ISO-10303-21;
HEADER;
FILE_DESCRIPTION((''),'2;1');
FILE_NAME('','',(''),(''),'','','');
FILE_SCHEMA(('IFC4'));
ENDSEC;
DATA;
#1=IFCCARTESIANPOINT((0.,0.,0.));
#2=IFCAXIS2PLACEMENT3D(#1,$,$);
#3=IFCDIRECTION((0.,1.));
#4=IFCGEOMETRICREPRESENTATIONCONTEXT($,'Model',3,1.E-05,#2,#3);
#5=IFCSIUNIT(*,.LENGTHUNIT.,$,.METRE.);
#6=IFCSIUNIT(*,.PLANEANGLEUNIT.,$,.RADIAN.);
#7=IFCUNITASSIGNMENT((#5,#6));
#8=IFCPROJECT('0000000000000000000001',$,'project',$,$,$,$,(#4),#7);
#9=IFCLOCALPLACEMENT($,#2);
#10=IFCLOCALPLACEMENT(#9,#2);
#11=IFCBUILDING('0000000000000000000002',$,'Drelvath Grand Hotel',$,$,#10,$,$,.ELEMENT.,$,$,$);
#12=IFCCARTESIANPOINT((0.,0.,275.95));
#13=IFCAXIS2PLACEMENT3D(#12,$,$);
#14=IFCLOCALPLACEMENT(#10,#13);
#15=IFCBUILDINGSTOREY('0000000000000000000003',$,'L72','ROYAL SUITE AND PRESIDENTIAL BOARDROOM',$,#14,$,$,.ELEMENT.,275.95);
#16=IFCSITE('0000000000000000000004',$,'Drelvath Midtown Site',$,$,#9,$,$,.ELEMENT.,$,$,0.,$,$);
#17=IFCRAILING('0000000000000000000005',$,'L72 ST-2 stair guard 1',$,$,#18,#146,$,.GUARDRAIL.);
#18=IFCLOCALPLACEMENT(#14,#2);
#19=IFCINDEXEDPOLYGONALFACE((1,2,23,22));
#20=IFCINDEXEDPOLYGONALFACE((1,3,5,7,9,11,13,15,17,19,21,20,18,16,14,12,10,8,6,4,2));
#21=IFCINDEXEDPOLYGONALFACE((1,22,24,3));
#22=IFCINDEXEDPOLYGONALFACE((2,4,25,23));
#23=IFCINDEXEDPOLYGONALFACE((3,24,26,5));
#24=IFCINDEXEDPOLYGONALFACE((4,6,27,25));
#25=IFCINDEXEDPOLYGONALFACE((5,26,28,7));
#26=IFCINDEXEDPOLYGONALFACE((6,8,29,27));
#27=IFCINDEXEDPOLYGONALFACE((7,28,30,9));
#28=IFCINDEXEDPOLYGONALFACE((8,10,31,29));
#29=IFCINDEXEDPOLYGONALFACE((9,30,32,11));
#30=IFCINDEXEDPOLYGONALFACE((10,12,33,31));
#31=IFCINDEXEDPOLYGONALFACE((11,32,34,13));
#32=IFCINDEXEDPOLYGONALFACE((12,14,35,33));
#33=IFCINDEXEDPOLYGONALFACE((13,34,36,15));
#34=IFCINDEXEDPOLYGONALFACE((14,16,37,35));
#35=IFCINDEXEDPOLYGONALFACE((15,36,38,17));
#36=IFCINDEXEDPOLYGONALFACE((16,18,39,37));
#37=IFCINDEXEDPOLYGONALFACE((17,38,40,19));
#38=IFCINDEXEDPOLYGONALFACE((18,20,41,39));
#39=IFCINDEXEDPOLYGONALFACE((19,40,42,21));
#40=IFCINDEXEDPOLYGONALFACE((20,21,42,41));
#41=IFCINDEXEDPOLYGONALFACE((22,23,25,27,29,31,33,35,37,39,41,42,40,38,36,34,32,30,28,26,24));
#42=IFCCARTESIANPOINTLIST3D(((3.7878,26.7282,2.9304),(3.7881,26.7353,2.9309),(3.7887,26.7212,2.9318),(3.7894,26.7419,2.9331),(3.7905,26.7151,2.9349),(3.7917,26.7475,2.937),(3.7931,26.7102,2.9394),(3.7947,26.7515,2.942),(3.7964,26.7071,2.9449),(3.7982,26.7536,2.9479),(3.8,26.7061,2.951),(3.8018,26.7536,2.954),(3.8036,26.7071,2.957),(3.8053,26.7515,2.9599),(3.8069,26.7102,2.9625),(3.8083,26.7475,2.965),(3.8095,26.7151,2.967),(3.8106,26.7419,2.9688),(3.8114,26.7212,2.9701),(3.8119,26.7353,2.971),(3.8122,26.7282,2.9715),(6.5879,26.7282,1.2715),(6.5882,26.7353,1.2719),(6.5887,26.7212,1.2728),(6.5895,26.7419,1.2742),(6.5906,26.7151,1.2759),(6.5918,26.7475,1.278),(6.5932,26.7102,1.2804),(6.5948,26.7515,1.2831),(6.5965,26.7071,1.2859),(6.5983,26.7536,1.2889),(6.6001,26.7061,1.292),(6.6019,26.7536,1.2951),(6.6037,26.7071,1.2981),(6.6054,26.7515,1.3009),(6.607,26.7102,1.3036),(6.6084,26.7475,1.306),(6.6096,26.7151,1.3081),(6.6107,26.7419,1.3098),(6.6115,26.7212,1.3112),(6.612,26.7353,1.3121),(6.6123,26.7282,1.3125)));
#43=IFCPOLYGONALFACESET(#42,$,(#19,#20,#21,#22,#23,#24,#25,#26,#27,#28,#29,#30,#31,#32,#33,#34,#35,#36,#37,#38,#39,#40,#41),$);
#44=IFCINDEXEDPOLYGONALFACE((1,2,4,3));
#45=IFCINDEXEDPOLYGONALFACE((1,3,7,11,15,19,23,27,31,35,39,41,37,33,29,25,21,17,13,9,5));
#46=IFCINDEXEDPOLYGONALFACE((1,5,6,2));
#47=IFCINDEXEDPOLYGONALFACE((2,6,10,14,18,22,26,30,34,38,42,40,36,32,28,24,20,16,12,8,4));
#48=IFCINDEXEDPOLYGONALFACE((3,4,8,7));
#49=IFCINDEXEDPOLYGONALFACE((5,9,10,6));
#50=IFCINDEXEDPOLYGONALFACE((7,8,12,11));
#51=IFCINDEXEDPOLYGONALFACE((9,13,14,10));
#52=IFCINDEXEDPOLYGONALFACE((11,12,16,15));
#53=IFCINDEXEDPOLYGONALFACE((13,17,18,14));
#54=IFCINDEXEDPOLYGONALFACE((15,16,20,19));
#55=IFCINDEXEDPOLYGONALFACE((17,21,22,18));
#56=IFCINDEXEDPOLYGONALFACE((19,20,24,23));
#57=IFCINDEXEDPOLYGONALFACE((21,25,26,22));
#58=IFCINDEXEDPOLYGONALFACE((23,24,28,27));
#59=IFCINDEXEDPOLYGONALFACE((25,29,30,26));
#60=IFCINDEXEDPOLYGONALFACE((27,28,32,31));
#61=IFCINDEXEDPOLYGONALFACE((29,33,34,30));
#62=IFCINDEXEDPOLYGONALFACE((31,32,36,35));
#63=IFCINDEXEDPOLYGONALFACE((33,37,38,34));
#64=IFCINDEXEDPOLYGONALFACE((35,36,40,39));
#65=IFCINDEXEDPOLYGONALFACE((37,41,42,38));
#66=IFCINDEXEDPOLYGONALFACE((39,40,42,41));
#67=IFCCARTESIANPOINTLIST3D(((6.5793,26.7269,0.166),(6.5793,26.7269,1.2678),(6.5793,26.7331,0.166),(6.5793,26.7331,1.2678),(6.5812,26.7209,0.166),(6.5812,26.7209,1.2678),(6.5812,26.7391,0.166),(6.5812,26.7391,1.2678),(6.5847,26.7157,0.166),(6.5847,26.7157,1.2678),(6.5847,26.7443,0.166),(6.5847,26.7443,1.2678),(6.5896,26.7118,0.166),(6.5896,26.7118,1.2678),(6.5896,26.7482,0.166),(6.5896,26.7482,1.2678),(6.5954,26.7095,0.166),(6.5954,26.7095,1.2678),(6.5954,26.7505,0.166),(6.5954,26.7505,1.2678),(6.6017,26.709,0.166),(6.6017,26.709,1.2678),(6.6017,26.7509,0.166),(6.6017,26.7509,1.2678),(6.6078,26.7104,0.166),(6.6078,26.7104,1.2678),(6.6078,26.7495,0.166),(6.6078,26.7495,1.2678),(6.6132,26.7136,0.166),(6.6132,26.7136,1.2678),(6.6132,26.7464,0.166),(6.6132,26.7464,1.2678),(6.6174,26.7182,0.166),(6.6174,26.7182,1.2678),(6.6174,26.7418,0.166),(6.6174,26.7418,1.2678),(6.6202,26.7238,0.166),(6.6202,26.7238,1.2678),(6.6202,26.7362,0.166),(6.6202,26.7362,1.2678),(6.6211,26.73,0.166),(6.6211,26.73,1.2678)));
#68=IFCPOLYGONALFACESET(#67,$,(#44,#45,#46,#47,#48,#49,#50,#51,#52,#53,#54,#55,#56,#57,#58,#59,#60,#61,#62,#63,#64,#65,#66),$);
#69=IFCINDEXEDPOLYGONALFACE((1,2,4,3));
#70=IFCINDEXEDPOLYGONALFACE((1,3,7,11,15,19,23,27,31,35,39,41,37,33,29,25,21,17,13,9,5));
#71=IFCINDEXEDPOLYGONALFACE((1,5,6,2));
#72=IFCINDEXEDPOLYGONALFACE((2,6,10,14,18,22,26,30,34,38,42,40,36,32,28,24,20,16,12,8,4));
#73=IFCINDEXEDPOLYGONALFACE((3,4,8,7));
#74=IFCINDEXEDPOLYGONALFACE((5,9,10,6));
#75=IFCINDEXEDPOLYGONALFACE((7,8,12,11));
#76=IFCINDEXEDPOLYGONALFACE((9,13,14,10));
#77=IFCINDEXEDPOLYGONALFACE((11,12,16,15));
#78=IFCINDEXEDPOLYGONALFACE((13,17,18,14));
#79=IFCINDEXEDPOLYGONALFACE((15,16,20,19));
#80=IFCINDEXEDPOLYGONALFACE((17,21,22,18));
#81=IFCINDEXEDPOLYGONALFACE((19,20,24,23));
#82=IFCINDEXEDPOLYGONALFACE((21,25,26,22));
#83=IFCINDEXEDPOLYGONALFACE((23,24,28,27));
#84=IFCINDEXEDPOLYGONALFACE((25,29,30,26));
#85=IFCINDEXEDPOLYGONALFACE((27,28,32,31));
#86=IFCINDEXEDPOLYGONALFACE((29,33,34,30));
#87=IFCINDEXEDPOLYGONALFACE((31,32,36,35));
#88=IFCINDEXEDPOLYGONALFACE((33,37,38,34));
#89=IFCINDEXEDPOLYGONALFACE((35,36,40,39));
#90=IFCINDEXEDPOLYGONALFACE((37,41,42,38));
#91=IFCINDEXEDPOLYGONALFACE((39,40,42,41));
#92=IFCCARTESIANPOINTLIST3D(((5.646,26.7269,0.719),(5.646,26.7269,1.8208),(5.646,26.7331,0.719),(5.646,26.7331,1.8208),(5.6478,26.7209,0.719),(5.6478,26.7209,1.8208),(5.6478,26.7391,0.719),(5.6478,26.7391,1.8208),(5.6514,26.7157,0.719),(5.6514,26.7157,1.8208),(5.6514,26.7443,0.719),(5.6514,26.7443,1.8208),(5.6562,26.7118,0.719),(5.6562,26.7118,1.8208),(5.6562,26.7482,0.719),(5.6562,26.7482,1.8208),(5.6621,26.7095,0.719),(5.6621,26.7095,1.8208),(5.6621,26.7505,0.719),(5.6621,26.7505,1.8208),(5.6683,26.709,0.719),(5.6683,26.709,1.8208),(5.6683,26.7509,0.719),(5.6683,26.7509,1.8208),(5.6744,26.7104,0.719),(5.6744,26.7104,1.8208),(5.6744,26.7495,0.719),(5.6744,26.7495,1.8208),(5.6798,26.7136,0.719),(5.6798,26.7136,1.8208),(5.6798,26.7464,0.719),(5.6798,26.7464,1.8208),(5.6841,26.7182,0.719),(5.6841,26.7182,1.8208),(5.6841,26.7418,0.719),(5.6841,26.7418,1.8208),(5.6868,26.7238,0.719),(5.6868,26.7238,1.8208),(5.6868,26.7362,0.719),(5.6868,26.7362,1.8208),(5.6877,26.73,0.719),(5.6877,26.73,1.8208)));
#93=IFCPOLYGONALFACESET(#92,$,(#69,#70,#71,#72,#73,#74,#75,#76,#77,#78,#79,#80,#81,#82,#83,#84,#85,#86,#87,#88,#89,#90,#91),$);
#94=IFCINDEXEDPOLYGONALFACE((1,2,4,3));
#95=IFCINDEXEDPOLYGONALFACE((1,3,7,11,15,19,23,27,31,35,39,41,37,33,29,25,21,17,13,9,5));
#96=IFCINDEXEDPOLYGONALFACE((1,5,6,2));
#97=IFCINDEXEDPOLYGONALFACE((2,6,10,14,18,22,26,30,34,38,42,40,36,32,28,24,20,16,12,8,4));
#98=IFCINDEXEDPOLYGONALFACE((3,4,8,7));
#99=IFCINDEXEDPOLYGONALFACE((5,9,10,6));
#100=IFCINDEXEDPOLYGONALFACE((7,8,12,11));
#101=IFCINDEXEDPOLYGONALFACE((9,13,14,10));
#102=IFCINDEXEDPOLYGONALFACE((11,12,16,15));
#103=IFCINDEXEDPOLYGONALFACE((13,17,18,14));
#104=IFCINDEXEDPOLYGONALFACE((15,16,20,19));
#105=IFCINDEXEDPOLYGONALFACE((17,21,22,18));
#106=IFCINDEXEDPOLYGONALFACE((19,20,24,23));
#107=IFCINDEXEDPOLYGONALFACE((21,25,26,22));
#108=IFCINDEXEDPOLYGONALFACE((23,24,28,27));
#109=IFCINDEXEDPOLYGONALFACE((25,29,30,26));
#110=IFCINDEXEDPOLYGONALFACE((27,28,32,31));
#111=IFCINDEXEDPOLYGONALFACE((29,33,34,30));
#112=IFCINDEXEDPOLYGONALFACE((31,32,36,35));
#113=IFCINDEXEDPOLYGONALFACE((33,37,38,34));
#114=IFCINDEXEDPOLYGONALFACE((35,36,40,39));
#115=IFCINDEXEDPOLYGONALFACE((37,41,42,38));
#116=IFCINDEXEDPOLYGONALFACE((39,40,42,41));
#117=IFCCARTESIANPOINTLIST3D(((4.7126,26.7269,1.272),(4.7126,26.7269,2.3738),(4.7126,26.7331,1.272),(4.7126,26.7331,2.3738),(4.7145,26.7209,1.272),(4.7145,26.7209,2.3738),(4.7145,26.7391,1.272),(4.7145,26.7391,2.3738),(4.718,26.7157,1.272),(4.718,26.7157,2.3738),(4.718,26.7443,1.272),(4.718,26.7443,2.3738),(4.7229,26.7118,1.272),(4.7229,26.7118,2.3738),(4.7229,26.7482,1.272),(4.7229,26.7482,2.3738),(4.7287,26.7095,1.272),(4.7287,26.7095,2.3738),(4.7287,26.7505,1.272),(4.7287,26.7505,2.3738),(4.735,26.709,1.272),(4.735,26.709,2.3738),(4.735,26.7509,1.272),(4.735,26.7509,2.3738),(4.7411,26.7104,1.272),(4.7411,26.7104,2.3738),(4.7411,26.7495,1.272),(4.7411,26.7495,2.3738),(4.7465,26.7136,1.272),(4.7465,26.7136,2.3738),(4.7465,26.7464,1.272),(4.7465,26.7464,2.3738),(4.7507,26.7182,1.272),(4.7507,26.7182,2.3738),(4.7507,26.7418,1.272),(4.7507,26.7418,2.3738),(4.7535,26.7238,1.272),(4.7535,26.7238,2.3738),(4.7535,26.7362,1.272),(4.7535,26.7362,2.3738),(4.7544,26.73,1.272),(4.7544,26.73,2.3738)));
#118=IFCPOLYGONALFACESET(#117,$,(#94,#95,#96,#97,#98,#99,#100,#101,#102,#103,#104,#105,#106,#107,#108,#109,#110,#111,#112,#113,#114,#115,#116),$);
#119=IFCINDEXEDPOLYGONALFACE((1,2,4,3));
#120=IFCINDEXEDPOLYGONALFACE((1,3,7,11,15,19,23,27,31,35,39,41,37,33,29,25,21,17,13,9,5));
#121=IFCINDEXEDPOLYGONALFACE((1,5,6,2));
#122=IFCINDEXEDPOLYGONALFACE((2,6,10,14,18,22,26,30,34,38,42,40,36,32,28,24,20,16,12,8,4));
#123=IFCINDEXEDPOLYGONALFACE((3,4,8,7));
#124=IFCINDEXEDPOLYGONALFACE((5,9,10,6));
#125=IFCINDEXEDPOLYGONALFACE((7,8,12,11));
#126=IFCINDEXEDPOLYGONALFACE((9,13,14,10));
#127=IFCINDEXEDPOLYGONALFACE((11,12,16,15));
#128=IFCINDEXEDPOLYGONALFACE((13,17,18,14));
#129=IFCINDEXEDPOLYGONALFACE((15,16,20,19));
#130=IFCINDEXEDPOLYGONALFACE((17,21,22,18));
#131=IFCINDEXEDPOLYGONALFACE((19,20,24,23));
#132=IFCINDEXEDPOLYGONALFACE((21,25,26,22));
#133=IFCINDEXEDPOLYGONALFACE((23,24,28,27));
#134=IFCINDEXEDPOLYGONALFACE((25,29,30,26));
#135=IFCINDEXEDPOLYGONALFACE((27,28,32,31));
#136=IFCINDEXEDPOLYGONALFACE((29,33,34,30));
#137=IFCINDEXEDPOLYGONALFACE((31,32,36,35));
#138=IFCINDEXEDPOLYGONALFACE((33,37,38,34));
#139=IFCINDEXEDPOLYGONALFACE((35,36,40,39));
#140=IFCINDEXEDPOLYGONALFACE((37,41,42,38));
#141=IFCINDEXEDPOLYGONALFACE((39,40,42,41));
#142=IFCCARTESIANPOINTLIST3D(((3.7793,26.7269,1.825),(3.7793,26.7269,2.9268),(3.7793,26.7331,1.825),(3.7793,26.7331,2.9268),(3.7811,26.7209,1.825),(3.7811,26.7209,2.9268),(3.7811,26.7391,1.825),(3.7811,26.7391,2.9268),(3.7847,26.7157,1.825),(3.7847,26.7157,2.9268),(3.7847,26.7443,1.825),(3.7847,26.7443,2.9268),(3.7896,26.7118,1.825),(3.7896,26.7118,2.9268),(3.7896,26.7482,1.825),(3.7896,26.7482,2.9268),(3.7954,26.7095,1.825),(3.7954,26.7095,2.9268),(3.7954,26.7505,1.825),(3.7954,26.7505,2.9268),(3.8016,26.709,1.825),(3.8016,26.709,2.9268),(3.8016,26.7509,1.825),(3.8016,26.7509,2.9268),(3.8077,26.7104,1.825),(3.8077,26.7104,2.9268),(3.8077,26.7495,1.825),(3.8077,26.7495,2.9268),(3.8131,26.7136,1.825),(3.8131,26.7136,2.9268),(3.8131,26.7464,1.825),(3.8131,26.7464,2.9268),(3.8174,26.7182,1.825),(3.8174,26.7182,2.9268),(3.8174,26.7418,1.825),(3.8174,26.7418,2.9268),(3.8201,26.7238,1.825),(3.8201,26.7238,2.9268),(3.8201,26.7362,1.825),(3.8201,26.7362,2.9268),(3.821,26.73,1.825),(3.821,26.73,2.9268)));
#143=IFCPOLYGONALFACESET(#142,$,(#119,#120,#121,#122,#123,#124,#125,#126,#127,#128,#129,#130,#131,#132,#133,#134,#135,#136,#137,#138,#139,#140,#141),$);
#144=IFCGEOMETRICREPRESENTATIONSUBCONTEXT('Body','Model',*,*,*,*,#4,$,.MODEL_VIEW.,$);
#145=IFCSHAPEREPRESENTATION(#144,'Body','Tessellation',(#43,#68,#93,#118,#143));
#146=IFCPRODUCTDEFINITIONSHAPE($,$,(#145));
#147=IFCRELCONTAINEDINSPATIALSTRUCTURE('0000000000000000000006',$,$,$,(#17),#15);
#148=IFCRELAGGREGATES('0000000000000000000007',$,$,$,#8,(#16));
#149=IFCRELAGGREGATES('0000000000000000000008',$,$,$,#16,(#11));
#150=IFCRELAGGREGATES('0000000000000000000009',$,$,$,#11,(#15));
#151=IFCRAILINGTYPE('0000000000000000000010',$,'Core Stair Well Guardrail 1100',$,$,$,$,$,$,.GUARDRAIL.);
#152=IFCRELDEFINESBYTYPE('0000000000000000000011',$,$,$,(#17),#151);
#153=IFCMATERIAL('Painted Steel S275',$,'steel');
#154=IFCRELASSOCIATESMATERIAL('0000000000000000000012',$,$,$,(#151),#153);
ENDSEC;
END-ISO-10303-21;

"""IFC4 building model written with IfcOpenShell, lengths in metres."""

from ifc_helpers import new_model, si_unit, direction, frame, origin, origin_2d, place, context, subcontext, project, spatial, circle, extrude, material, type_object, element, save


model = new_model("IFC4")

# Units and contexts
model_context = context("Model", 3, precision=1e-05, world=origin(), true_north=direction((0.0, 1.0)))
body_context = subcontext(model_context, "Body", "Model", "MODEL_VIEW")
ifc_project = project(units=[si_unit("LENGTHUNIT", "METRE"), si_unit("PLANEANGLEUNIT", "RADIAN")], contexts=[model_context])

# Site, building, storey
site_placement = place(None, origin())
site = spatial("IfcSite", under=ifc_project, at=site_placement, Name="Drelvath Midtown Site", CompositionType="ELEMENT", RefElevation=0.0)
building_placement = place(site_placement, origin())
building = spatial("IfcBuilding", under=site, at=building_placement, Name="Drelvath Grand Hotel", CompositionType="ELEMENT")
storey_placement = place(building_placement, frame((0.0, 0.0, 275.95)))
storey = spatial("IfcBuildingStorey", under=building, at=storey_placement, Name="L72", Description="ROYAL SUITE AND PRESIDENTIAL BOARDROOM", CompositionType="ELEMENT", Elevation=275.95)

# Railing
ifc_material_1 = material(Name="Painted Steel S275", Category="steel")
railing_type_1 = type_object("IfcRailingType", Name="Core Stair Well Guardrail 1100", PredefinedType="GUARDRAIL", material=ifc_material_1)
railing_1_placement = place(storey_placement, frame((6.6001, 26.73, 0.166)))
element("IfcRailing", 1, at=railing_1_placement, inside=storey, type_object=railing_type_1, Name="L72 ST-2 stair guard 1", PredefinedType="GUARDRAIL", context=body_context, shape_type="SweptSolid", body=[
    extrude(circle(Radius=0.0239, at=origin_2d()), frame((0.0, 0.0, 1.126), z_axis=(-0.860339, 0.0, 0.509722), x_axis=(0.0, -1.0, 0.0)), (0.0, 0.0, 1.0), 3.2546),
    extrude(circle(Radius=0.021, at=origin_2d()), origin(), (0.0, 0.0, 1.0), 1.1018),
    extrude(circle(Radius=0.021, at=origin_2d()), frame((-0.9333, 0.0, 0.553)), (0.0, 0.0, 1.0), 1.1018),
    extrude(circle(Radius=0.021, at=origin_2d()), frame((-1.8667, 0.0, 1.106)), (0.0, 0.0, 1.0), 1.1018),
    extrude(circle(Radius=0.021, at=origin_2d()), frame((-2.8, 0.0, 1.6589)), (0.0, 0.0, 1.0), 1.1018),
])

save(model, "model.ifc")
